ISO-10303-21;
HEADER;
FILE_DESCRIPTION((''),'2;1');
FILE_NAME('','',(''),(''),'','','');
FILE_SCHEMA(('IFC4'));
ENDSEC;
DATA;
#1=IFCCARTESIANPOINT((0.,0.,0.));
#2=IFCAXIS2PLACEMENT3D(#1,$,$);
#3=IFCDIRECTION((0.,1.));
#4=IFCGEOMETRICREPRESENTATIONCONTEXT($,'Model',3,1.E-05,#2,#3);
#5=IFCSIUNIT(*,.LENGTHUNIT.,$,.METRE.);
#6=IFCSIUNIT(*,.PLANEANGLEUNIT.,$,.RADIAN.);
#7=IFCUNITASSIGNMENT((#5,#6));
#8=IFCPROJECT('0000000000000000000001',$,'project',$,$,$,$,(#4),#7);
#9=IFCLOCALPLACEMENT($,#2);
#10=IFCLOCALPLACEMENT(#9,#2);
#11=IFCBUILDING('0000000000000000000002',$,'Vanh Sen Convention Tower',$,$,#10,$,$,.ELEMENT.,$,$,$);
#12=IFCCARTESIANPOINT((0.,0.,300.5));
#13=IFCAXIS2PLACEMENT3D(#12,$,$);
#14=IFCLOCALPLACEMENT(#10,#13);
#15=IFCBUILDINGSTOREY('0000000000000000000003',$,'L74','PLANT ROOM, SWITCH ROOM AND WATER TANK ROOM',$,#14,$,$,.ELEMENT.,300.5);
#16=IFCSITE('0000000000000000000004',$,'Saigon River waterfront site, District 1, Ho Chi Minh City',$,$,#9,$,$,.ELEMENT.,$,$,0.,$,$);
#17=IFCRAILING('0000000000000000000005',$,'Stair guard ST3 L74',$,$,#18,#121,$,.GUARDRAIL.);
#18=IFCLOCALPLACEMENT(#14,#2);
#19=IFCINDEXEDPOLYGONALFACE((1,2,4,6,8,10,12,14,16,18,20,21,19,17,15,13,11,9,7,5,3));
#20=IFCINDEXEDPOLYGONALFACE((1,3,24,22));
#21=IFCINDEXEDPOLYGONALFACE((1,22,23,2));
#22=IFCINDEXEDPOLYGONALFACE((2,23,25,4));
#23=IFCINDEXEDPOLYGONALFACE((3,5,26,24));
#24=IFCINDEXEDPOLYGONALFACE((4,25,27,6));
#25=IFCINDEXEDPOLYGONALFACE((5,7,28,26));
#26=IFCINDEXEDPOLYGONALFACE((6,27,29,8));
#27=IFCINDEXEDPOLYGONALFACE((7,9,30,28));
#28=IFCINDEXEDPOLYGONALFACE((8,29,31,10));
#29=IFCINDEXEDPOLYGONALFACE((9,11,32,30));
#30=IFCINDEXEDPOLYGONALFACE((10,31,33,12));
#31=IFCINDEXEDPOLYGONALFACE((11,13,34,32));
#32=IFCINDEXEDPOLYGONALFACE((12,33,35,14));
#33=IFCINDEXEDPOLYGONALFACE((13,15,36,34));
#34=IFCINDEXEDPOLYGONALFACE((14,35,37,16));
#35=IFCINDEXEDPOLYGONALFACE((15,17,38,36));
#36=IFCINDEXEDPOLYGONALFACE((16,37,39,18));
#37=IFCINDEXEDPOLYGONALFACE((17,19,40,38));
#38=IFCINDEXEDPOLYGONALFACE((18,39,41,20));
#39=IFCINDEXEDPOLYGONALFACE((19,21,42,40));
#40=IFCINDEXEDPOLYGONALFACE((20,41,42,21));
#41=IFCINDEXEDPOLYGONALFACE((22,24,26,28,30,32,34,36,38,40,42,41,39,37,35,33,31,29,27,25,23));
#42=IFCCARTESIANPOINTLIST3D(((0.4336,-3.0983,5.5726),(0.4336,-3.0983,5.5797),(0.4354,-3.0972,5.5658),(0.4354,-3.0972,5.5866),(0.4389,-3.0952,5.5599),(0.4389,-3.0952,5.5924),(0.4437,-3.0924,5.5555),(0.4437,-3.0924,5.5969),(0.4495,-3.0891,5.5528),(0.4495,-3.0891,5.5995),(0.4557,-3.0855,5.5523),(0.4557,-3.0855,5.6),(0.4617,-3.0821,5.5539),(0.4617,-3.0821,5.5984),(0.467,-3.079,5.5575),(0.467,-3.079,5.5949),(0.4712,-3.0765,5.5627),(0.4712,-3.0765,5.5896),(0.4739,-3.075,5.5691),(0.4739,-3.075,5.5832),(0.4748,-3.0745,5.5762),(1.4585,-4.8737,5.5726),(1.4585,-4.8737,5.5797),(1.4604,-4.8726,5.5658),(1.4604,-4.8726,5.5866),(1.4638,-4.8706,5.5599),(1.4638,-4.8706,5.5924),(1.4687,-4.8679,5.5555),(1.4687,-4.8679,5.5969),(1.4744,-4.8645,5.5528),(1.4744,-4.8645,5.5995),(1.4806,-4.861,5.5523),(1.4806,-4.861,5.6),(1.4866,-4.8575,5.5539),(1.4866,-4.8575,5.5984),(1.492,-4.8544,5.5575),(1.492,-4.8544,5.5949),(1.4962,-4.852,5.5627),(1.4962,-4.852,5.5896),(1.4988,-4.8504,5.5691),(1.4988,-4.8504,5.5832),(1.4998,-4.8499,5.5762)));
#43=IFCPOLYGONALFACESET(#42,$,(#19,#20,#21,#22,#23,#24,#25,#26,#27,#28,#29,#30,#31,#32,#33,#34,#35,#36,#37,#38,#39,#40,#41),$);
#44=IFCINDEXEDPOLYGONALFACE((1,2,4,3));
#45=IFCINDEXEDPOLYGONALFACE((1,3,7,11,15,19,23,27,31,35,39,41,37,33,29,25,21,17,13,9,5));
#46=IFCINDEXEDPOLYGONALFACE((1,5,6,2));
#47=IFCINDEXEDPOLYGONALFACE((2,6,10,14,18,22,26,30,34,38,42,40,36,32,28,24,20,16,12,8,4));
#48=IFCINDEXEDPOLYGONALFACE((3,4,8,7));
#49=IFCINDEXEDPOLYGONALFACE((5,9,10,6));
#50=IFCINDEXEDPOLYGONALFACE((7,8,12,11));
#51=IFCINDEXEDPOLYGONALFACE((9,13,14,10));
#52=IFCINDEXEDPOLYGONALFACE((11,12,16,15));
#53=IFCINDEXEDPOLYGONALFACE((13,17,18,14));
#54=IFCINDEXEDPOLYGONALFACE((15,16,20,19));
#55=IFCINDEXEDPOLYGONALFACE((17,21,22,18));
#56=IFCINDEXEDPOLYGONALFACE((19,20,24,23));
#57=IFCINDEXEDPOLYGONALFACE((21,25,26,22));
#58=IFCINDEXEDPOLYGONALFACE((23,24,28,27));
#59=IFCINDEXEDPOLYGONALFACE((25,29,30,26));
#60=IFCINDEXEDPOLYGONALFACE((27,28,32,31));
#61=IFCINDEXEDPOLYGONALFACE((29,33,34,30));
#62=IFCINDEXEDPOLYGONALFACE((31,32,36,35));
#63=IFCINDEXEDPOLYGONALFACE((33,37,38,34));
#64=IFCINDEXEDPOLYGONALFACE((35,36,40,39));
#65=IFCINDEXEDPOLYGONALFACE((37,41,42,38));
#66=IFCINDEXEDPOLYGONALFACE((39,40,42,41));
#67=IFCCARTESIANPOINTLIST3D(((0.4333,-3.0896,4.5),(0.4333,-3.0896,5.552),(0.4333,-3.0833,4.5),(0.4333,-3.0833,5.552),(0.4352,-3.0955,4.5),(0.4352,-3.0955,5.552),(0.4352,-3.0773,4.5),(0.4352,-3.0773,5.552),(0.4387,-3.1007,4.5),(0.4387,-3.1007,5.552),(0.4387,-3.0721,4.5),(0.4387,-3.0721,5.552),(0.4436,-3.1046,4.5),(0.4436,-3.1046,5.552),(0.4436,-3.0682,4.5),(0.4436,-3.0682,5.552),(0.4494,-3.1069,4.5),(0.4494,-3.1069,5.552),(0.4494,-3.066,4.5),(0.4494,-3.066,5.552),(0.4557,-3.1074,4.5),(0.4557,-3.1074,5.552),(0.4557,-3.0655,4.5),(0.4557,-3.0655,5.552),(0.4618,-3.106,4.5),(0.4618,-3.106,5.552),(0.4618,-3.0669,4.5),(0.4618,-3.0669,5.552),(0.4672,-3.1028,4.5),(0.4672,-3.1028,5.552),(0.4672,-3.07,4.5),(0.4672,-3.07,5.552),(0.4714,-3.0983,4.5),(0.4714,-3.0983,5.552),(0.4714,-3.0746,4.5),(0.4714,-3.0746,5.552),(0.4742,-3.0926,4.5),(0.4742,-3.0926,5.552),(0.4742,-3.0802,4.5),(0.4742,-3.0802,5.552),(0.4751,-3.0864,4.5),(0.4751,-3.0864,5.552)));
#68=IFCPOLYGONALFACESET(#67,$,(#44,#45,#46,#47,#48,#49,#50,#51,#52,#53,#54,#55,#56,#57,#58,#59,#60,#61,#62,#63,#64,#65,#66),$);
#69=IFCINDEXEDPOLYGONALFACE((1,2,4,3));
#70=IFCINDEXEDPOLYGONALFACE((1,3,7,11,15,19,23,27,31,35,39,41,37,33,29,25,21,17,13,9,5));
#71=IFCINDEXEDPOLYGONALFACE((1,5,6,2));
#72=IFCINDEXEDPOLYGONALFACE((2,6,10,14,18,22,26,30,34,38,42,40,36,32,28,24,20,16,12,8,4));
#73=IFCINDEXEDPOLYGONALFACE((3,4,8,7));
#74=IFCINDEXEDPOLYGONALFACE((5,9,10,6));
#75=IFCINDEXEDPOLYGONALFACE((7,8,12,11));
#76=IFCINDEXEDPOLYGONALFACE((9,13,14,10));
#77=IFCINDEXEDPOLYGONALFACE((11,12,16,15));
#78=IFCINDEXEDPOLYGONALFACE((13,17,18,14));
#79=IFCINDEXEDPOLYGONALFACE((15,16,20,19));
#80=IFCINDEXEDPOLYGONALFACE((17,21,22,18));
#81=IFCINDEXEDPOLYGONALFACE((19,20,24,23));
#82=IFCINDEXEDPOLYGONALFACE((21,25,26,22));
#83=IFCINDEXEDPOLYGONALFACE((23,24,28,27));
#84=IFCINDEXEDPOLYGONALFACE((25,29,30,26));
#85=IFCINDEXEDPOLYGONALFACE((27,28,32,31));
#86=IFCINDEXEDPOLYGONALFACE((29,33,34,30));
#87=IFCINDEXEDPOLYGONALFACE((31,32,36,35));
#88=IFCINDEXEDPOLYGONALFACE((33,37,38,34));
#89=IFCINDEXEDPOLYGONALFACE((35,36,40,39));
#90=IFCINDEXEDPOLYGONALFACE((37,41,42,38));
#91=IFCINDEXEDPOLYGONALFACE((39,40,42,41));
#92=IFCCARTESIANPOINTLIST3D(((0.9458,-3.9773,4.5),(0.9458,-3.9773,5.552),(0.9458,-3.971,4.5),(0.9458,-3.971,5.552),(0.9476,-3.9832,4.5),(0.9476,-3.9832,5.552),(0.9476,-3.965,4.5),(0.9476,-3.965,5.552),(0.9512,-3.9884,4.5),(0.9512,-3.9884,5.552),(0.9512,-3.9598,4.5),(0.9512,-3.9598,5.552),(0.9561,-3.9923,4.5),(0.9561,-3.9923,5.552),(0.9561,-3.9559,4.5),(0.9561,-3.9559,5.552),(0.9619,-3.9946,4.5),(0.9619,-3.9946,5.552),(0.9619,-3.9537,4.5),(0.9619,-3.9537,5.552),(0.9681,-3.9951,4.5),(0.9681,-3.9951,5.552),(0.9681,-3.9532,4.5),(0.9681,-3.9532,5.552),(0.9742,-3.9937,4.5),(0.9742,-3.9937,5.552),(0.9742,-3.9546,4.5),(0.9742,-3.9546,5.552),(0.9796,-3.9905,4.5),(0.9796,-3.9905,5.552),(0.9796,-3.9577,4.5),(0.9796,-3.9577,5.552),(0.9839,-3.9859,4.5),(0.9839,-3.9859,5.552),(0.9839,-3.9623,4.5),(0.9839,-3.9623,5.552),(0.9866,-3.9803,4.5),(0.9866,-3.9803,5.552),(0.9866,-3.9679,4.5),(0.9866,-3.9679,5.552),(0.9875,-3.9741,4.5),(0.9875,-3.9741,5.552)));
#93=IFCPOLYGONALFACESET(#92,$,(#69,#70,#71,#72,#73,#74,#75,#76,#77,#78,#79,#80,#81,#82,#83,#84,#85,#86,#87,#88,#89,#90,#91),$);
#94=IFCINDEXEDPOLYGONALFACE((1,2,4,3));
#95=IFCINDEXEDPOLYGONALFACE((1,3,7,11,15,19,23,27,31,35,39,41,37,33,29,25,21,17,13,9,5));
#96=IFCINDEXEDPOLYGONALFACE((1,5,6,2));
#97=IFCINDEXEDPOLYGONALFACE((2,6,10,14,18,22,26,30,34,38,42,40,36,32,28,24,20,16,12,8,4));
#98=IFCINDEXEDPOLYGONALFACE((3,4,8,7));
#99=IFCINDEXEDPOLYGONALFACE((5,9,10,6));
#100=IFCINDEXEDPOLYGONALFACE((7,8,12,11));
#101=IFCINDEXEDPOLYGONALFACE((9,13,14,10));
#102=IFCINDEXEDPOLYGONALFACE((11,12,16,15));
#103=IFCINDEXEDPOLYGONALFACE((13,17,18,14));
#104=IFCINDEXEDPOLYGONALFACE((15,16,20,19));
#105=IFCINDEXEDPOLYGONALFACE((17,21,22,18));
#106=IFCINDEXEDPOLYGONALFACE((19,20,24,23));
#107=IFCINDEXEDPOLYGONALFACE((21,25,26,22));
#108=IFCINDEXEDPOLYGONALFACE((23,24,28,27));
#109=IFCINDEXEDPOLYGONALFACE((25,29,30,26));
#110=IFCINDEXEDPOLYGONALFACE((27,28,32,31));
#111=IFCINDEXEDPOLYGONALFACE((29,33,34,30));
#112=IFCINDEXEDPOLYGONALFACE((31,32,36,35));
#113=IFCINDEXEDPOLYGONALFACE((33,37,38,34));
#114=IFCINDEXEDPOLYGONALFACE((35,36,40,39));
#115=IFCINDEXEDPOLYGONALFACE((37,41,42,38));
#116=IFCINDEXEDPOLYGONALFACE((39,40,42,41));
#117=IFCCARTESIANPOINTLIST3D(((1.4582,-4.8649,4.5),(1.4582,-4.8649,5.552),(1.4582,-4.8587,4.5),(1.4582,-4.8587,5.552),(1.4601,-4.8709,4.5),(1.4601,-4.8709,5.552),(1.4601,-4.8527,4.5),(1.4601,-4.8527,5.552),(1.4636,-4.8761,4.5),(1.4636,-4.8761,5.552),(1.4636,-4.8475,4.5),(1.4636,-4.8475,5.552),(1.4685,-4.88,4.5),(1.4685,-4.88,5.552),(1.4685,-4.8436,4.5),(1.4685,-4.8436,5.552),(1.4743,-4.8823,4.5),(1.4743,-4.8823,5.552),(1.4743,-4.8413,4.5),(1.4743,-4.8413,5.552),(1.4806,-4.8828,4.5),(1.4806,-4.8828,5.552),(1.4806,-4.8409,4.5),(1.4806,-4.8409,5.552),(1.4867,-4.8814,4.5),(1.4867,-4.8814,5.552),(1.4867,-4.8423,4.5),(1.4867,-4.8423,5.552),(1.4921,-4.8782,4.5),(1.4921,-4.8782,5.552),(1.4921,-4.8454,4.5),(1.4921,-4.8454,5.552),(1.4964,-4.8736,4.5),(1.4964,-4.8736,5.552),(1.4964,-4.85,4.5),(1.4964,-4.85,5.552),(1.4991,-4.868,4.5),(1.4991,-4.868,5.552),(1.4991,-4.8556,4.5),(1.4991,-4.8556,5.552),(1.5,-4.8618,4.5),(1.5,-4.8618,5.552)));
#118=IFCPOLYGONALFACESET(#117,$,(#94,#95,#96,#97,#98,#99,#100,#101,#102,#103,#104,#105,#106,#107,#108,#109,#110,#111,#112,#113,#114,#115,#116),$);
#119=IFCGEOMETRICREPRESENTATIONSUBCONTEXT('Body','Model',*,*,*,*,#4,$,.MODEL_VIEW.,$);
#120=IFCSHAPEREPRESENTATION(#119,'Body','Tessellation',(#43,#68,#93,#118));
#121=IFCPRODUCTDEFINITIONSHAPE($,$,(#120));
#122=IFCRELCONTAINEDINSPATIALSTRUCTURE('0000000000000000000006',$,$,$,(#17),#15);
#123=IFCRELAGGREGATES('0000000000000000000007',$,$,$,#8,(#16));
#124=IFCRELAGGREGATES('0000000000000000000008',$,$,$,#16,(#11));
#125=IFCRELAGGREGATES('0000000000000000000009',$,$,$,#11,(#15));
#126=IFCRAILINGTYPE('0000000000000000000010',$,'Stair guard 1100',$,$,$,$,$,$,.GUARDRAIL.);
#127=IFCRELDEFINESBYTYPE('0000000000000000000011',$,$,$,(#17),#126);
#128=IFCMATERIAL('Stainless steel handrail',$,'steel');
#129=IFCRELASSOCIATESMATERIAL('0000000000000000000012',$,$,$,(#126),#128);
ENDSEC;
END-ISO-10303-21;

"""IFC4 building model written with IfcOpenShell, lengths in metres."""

from ifc_helpers import new_model, si_unit, direction, frame, origin, origin_2d, place, context, subcontext, project, spatial, circle, extrude, material, type_object, element, save


model = new_model("IFC4")

# Units and contexts
model_context = context("Model", 3, precision=1e-05, world=origin(), true_north=direction((0.0, 1.0)))
body_context = subcontext(model_context, "Body", "Model", "MODEL_VIEW")
ifc_project = project(units=[si_unit("LENGTHUNIT", "METRE"), si_unit("PLANEANGLEUNIT", "RADIAN")], contexts=[model_context])

# Site, building, storey
site_placement = place(None, origin())
site = spatial("IfcSite", under=ifc_project, at=site_placement, Name="Saigon River waterfront site, District 1, Ho Chi Minh City", CompositionType="ELEMENT", RefElevation=0.0)
building_placement = place(site_placement, origin())
building = spatial("IfcBuilding", under=site, at=building_placement, Name="Vanh Sen Convention Tower", CompositionType="ELEMENT")
storey_placement = place(building_placement, frame((0.0, 0.0, 300.5)))
storey = spatial("IfcBuildingStorey", under=building, at=storey_placement, Name="L74", Description="PLANT ROOM, SWITCH ROOM AND WATER TANK ROOM", CompositionType="ELEMENT", Elevation=300.5)

# Railing
ifc_material_1 = material(Name="Stainless steel handrail", Category="steel")
railing_type_1 = type_object("IfcRailingType", Name="Stair guard 1100", PredefinedType="GUARDRAIL", material=ifc_material_1)
railing_1_placement = place(storey_placement, frame((0.4541, -3.0864, 4.5)))
element("IfcRailing", 1, at=railing_1_placement, inside=storey, type_object=railing_type_1, Name="Stair guard ST3 L74", PredefinedType="GUARDRAIL", context=body_context, shape_type="SweptSolid", body=[
    extrude(circle(Radius=0.0239, at=origin_2d()), frame((0.0, 0.0, 1.0762), z_axis=(0.499956, -0.866051, 0.0), x_axis=(0.866051, 0.499956, 0.0)), (0.0, 0.0, 1.0), 2.05),
    extrude(circle(Radius=0.021, at=origin_2d()), origin(), (0.0, 0.0, 1.0), 1.052),
    extrude(circle(Radius=0.021, at=origin_2d()), frame((0.5125, -0.8877, 0.0)), (0.0, 0.0, 1.0), 1.052),
    extrude(circle(Radius=0.021, at=origin_2d()), frame((1.0249, -1.7754, 0.0)), (0.0, 0.0, 1.0), 1.052),
])

save(model, "model.ifc")
